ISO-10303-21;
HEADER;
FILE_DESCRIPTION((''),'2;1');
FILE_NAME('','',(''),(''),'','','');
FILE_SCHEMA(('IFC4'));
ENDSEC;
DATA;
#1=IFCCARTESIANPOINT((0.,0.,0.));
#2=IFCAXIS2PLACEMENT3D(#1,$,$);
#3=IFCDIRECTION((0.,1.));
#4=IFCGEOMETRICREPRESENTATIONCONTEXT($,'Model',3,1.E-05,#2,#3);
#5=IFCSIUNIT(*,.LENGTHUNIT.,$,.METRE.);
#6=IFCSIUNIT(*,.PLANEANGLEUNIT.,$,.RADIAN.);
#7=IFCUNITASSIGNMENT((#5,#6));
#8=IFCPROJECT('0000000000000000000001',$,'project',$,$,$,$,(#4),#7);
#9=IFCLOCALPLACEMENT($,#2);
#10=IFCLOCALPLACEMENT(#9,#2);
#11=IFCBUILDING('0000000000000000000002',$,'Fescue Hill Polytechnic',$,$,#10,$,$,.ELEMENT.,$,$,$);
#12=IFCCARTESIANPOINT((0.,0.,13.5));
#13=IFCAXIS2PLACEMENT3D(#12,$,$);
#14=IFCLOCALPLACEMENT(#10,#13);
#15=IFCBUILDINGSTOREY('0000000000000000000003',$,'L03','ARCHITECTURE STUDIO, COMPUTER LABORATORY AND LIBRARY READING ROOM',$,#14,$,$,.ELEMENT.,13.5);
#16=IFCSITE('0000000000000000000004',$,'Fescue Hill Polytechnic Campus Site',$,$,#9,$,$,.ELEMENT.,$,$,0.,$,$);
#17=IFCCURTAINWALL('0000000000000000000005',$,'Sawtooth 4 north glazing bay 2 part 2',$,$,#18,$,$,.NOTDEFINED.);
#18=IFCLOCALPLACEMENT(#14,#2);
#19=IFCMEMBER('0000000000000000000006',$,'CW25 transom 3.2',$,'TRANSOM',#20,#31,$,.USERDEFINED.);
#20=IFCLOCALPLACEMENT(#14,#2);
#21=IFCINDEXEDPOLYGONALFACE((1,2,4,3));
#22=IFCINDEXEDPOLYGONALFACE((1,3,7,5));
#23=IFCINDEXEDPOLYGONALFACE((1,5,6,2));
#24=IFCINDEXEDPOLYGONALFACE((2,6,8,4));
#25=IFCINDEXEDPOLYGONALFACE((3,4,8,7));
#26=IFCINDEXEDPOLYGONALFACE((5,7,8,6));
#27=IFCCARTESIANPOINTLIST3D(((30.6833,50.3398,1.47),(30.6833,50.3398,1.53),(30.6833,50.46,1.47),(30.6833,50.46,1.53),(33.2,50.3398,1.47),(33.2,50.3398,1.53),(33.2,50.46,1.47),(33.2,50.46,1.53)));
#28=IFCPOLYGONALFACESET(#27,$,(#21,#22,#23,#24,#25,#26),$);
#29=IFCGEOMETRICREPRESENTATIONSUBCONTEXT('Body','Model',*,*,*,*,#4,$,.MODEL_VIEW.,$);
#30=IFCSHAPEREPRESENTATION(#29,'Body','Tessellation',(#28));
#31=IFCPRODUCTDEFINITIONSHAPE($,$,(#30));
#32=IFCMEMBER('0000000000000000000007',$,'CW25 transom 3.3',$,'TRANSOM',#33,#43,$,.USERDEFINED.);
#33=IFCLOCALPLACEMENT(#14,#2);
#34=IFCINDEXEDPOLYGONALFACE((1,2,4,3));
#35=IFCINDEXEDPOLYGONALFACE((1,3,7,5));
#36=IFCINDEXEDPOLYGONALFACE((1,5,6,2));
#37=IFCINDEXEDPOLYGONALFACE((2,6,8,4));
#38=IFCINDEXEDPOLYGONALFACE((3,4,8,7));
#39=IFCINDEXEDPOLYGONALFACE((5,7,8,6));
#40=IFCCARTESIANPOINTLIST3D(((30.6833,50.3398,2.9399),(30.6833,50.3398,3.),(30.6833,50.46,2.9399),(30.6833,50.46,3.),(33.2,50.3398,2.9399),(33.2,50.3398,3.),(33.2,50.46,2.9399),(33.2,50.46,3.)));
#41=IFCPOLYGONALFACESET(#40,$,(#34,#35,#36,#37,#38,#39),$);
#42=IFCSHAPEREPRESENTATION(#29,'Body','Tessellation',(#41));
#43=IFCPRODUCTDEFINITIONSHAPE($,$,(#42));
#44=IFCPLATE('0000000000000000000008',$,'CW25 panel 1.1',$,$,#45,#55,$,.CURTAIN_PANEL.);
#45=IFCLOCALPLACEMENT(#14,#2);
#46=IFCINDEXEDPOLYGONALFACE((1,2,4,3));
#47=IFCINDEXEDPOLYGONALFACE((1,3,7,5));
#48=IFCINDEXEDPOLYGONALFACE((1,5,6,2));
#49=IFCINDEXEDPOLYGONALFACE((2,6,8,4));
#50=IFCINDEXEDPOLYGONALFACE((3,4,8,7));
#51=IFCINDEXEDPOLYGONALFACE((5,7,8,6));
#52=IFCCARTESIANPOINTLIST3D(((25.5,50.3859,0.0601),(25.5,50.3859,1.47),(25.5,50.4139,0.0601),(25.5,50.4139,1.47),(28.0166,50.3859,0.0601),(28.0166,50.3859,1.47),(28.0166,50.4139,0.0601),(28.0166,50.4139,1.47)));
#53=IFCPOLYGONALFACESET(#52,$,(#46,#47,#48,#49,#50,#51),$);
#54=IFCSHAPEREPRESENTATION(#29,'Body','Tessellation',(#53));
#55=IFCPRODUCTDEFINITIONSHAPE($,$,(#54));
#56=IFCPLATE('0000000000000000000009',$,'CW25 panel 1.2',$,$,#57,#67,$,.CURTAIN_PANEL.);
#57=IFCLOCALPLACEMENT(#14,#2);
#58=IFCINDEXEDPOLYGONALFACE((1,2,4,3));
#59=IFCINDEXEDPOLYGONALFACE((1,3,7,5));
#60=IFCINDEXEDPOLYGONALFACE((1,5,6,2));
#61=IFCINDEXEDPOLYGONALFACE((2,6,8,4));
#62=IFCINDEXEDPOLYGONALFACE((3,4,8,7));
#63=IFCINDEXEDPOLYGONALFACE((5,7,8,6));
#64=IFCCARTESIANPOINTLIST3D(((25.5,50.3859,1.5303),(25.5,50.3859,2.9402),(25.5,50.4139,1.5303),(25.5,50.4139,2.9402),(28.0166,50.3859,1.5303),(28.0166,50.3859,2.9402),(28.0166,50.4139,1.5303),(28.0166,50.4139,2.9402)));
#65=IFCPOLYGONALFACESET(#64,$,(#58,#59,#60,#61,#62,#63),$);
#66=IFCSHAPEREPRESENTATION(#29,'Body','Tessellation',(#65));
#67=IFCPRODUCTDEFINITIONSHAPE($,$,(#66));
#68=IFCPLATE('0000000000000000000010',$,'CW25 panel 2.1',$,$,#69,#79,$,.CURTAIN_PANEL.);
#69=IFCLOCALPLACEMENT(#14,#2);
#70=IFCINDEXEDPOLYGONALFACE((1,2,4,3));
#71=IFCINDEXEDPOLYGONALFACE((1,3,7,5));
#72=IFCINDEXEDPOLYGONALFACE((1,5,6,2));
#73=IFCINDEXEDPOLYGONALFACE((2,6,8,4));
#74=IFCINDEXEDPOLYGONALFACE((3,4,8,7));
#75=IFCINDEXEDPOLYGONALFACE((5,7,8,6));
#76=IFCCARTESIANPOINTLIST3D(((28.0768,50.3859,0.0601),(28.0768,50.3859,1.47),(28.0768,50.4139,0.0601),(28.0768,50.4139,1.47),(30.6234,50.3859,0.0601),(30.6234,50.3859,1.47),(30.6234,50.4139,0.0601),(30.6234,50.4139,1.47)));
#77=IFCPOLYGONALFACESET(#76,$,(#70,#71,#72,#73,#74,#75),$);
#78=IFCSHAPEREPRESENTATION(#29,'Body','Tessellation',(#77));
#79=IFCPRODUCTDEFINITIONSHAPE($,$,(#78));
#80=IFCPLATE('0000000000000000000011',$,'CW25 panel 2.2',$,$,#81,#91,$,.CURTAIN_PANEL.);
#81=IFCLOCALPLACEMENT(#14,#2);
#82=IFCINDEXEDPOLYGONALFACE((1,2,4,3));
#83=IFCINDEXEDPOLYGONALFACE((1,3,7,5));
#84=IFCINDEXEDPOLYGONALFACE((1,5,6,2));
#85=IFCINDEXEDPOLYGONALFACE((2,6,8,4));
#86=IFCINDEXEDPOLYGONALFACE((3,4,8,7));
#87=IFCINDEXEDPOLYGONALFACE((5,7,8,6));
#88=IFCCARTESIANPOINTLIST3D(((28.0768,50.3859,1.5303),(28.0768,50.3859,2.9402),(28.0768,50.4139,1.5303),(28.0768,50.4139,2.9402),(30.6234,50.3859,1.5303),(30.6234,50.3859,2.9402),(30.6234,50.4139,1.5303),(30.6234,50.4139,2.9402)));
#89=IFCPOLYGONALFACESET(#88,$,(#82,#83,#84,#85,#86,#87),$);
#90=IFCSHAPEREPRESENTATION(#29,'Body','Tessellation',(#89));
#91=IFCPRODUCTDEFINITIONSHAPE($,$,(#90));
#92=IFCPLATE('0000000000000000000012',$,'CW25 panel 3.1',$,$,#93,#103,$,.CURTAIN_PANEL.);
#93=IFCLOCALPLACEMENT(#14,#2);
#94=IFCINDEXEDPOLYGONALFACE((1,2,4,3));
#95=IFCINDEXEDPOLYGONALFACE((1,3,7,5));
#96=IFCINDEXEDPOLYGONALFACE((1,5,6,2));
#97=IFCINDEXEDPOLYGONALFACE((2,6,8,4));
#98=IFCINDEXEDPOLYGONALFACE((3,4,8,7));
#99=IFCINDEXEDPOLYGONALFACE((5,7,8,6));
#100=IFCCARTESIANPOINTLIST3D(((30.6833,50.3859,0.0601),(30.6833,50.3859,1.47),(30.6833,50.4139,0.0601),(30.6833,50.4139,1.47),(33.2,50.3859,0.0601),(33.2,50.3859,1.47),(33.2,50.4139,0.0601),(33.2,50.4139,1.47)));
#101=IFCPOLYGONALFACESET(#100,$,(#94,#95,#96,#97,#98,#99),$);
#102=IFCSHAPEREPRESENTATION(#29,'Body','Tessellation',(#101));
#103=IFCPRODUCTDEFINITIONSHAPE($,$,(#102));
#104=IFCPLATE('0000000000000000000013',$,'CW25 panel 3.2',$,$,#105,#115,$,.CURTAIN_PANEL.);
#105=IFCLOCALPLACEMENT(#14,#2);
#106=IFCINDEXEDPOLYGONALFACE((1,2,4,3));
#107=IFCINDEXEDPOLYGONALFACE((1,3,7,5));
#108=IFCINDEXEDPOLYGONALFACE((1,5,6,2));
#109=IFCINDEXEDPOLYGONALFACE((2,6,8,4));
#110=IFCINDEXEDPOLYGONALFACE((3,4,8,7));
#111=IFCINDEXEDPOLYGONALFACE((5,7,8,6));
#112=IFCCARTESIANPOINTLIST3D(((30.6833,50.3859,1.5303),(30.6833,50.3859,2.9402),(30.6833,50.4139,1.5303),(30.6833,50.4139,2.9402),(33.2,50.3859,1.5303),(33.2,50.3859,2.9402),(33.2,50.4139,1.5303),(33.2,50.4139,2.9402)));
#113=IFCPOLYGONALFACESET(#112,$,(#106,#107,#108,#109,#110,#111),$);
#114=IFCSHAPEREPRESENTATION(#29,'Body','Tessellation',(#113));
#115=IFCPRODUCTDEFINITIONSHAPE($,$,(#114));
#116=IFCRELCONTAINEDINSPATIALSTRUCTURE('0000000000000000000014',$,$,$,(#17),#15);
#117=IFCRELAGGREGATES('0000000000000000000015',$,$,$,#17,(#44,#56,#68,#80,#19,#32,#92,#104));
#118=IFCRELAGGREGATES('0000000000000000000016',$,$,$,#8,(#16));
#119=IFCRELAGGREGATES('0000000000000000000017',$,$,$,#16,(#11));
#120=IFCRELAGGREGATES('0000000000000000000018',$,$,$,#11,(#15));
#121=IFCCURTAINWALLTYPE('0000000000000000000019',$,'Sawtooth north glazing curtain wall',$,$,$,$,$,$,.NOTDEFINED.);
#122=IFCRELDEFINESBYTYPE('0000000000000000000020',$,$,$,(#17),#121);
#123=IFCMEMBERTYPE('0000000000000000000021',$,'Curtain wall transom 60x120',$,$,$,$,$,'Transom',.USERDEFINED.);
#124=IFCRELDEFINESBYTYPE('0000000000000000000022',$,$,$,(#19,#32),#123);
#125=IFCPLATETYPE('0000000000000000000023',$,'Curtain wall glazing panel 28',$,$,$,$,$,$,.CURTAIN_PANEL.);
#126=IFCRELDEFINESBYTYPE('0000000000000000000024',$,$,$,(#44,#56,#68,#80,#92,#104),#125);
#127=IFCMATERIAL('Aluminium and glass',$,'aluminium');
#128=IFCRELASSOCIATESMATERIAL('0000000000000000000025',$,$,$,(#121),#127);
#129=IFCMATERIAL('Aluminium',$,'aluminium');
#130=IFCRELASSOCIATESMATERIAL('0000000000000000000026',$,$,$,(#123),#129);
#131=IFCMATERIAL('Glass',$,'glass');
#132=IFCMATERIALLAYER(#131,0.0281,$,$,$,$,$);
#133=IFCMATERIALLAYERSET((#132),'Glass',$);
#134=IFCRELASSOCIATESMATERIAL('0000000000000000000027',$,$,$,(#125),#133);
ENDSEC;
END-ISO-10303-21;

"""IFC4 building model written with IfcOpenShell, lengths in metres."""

from ifc_helpers import new_model, si_unit, direction, frame, origin, origin_2d, place, context, subcontext, project, spatial, rectangle, extrude, material, layer, layer_set, material_profile, profile_set, type_object, element, aggregate, save


model = new_model("IFC4")

# Units and contexts
model_context = context("Model", 3, precision=1e-05, world=origin(), true_north=direction((0.0, 1.0)))
body_context = subcontext(model_context, "Body", "Model", "MODEL_VIEW")
ifc_project = project(units=[si_unit("LENGTHUNIT", "METRE"), si_unit("PLANEANGLEUNIT", "RADIAN")], contexts=[model_context])

# Site, building, storey
site_placement = place(None, origin())
site = spatial("IfcSite", under=ifc_project, at=site_placement, Name="Fescue Hill Polytechnic Campus Site", CompositionType="ELEMENT", RefElevation=0.0)
building_placement = place(site_placement, origin())
building = spatial("IfcBuilding", under=site, at=building_placement, Name="Fescue Hill Polytechnic", CompositionType="ELEMENT")
storey_placement = place(building_placement, frame((0.0, 0.0, 13.5)))
storey = spatial("IfcBuildingStorey", under=building, at=storey_placement, Name="L03", Description="ARCHITECTURE STUDIO, COMPUTER LABORATORY AND LIBRARY READING ROOM", CompositionType="ELEMENT", Elevation=13.5)

# Shared definitions
ifc_material_1 = material(Name="Aluminium and glass", Category="aluminium")
curtain_wall_type = type_object("IfcCurtainWallType", Name="Sawtooth north glazing curtain wall", PredefinedType="NOTDEFINED", material=ifc_material_1)
ifc_material_2 = material(Name="Aluminium", Category="aluminium")

# Curtain wall, members, plates
curtain_wall_1_placement = place(storey_placement, origin())
curtain_wall_1 = element("IfcCurtainWall", 1, at=curtain_wall_1_placement, inside=storey, type_object=curtain_wall_type, Name="Sawtooth 4 north glazing bay 2 part 2", PredefinedType="NOTDEFINED")
ifc_material_profile_1 = material_profile(ifc_material_2, rectangle(XDim=0.1201, YDim=0.0601, at=origin_2d()), Name="Curtain wall transom 60x120")
ifc_profile_set_1 = profile_set([ifc_material_profile_1], Name="Aluminium")
member_type_1 = type_object("IfcMemberType", Name="Curtain wall transom 60x120", ElementType="Transom", PredefinedType="USERDEFINED", material=ifc_profile_set_1)
member_1_placement = place(storey_placement, frame((30.6833, 50.3999, 1.5), z_axis=(1.0, 0.0, 0.0), x_axis=(0.0, 1.0, 0.0)))
member_1 = element("IfcMember", 2, at=member_1_placement, type_object=member_type_1, Name="CW25 transom 3.2", ObjectType="TRANSOM", PredefinedType="USERDEFINED", context=body_context, shape_type="SweptSolid", body=[
    extrude(rectangle(XDim=0.1201, YDim=0.0601, at=origin_2d()), origin(), (0.0, 0.0, 1.0), 2.5166),
])
member_2_placement = place(storey_placement, frame((30.6833, 50.3999, 2.97), z_axis=(1.0, 0.0, 0.0), x_axis=(0.0, 1.0, 0.0)))
member_2 = element("IfcMember", 3, at=member_2_placement, type_object=member_type_1, Name="CW25 transom 3.3", ObjectType="TRANSOM", PredefinedType="USERDEFINED", context=body_context, shape_type="SweptSolid", body=[
    extrude(rectangle(XDim=0.1201, YDim=0.0601, at=origin_2d()), origin(), (0.0, 0.0, 1.0), 2.5166),
])
ifc_material_3 = material(Name="Glass", Category="glass")
ifc_layer = layer(ifc_material_3, 0.0281)
ifc_layer_set = layer_set([ifc_layer], Name="Glass")
plate_type = type_object("IfcPlateType", Name="Curtain wall glazing panel 28", PredefinedType="CURTAIN_PANEL", material=ifc_layer_set)
plate_1_placement = place(storey_placement, frame((26.7583, 50.3999, 0.0601), z_axis=(0.0, 0.0, 1.0), x_axis=(1.0, 0.0, 0.0)))
plate_1 = element("IfcPlate", 4, at=plate_1_placement, type_object=plate_type, Name="CW25 panel 1.1", PredefinedType="CURTAIN_PANEL", context=body_context, shape_type="SweptSolid", body=[
    extrude(rectangle(XDim=2.5166, YDim=0.0281, at=origin_2d()), origin(), (0.0, 0.0, 1.0), 1.4099),
])
plate_2_placement = place(storey_placement, frame((26.7583, 50.3999, 1.5303), z_axis=(0.0, 0.0, 1.0), x_axis=(1.0, 0.0, 0.0)))
plate_2 = element("IfcPlate", 5, at=plate_2_placement, type_object=plate_type, Name="CW25 panel 1.2", PredefinedType="CURTAIN_PANEL", context=body_context, shape_type="SweptSolid", body=[
    extrude(rectangle(XDim=2.5166, YDim=0.0281, at=origin_2d()), origin(), (0.0, 0.0, 1.0), 1.4099),
])
plate_3_placement = place(storey_placement, frame((29.3501, 50.3999, 0.0601), z_axis=(0.0, 0.0, 1.0), x_axis=(1.0, 0.0, 0.0)))
plate_3 = element("IfcPlate", 6, at=plate_3_placement, type_object=plate_type, Name="CW25 panel 2.1", PredefinedType="CURTAIN_PANEL", context=body_context, shape_type="SweptSolid", body=[
    extrude(rectangle(XDim=2.5466, YDim=0.0281, at=origin_2d()), origin(), (0.0, 0.0, 1.0), 1.4099),
])
plate_4_placement = place(storey_placement, frame((29.3501, 50.3999, 1.5303), z_axis=(0.0, 0.0, 1.0), x_axis=(1.0, 0.0, 0.0)))
plate_4 = element("IfcPlate", 7, at=plate_4_placement, type_object=plate_type, Name="CW25 panel 2.2", PredefinedType="CURTAIN_PANEL", context=body_context, shape_type="SweptSolid", body=[
    extrude(rectangle(XDim=2.5466, YDim=0.0281, at=origin_2d()), origin(), (0.0, 0.0, 1.0), 1.4099),
])
plate_5_placement = place(storey_placement, frame((31.9417, 50.3999, 0.0601), z_axis=(0.0, 0.0, 1.0), x_axis=(1.0, 0.0, 0.0)))
plate_5 = element("IfcPlate", 8, at=plate_5_placement, type_object=plate_type, Name="CW25 panel 3.1", PredefinedType="CURTAIN_PANEL", context=body_context, shape_type="SweptSolid", body=[
    extrude(rectangle(XDim=2.5166, YDim=0.0281, at=origin_2d()), origin(), (0.0, 0.0, 1.0), 1.4099),
])
plate_6_placement = place(storey_placement, frame((31.9417, 50.3999, 1.5303), z_axis=(0.0, 0.0, 1.0), x_axis=(1.0, 0.0, 0.0)))
plate_6 = element("IfcPlate", 9, at=plate_6_placement, type_object=plate_type, Name="CW25 panel 3.2", PredefinedType="CURTAIN_PANEL", context=body_context, shape_type="SweptSolid", body=[
    extrude(rectangle(XDim=2.5166, YDim=0.0281, at=origin_2d()), origin(), (0.0, 0.0, 1.0), 1.4099),
])
aggregate(curtain_wall_1, [plate_1, plate_2, plate_3, plate_4, member_1, member_2, plate_5, plate_6])

save(model, "model.ifc")
